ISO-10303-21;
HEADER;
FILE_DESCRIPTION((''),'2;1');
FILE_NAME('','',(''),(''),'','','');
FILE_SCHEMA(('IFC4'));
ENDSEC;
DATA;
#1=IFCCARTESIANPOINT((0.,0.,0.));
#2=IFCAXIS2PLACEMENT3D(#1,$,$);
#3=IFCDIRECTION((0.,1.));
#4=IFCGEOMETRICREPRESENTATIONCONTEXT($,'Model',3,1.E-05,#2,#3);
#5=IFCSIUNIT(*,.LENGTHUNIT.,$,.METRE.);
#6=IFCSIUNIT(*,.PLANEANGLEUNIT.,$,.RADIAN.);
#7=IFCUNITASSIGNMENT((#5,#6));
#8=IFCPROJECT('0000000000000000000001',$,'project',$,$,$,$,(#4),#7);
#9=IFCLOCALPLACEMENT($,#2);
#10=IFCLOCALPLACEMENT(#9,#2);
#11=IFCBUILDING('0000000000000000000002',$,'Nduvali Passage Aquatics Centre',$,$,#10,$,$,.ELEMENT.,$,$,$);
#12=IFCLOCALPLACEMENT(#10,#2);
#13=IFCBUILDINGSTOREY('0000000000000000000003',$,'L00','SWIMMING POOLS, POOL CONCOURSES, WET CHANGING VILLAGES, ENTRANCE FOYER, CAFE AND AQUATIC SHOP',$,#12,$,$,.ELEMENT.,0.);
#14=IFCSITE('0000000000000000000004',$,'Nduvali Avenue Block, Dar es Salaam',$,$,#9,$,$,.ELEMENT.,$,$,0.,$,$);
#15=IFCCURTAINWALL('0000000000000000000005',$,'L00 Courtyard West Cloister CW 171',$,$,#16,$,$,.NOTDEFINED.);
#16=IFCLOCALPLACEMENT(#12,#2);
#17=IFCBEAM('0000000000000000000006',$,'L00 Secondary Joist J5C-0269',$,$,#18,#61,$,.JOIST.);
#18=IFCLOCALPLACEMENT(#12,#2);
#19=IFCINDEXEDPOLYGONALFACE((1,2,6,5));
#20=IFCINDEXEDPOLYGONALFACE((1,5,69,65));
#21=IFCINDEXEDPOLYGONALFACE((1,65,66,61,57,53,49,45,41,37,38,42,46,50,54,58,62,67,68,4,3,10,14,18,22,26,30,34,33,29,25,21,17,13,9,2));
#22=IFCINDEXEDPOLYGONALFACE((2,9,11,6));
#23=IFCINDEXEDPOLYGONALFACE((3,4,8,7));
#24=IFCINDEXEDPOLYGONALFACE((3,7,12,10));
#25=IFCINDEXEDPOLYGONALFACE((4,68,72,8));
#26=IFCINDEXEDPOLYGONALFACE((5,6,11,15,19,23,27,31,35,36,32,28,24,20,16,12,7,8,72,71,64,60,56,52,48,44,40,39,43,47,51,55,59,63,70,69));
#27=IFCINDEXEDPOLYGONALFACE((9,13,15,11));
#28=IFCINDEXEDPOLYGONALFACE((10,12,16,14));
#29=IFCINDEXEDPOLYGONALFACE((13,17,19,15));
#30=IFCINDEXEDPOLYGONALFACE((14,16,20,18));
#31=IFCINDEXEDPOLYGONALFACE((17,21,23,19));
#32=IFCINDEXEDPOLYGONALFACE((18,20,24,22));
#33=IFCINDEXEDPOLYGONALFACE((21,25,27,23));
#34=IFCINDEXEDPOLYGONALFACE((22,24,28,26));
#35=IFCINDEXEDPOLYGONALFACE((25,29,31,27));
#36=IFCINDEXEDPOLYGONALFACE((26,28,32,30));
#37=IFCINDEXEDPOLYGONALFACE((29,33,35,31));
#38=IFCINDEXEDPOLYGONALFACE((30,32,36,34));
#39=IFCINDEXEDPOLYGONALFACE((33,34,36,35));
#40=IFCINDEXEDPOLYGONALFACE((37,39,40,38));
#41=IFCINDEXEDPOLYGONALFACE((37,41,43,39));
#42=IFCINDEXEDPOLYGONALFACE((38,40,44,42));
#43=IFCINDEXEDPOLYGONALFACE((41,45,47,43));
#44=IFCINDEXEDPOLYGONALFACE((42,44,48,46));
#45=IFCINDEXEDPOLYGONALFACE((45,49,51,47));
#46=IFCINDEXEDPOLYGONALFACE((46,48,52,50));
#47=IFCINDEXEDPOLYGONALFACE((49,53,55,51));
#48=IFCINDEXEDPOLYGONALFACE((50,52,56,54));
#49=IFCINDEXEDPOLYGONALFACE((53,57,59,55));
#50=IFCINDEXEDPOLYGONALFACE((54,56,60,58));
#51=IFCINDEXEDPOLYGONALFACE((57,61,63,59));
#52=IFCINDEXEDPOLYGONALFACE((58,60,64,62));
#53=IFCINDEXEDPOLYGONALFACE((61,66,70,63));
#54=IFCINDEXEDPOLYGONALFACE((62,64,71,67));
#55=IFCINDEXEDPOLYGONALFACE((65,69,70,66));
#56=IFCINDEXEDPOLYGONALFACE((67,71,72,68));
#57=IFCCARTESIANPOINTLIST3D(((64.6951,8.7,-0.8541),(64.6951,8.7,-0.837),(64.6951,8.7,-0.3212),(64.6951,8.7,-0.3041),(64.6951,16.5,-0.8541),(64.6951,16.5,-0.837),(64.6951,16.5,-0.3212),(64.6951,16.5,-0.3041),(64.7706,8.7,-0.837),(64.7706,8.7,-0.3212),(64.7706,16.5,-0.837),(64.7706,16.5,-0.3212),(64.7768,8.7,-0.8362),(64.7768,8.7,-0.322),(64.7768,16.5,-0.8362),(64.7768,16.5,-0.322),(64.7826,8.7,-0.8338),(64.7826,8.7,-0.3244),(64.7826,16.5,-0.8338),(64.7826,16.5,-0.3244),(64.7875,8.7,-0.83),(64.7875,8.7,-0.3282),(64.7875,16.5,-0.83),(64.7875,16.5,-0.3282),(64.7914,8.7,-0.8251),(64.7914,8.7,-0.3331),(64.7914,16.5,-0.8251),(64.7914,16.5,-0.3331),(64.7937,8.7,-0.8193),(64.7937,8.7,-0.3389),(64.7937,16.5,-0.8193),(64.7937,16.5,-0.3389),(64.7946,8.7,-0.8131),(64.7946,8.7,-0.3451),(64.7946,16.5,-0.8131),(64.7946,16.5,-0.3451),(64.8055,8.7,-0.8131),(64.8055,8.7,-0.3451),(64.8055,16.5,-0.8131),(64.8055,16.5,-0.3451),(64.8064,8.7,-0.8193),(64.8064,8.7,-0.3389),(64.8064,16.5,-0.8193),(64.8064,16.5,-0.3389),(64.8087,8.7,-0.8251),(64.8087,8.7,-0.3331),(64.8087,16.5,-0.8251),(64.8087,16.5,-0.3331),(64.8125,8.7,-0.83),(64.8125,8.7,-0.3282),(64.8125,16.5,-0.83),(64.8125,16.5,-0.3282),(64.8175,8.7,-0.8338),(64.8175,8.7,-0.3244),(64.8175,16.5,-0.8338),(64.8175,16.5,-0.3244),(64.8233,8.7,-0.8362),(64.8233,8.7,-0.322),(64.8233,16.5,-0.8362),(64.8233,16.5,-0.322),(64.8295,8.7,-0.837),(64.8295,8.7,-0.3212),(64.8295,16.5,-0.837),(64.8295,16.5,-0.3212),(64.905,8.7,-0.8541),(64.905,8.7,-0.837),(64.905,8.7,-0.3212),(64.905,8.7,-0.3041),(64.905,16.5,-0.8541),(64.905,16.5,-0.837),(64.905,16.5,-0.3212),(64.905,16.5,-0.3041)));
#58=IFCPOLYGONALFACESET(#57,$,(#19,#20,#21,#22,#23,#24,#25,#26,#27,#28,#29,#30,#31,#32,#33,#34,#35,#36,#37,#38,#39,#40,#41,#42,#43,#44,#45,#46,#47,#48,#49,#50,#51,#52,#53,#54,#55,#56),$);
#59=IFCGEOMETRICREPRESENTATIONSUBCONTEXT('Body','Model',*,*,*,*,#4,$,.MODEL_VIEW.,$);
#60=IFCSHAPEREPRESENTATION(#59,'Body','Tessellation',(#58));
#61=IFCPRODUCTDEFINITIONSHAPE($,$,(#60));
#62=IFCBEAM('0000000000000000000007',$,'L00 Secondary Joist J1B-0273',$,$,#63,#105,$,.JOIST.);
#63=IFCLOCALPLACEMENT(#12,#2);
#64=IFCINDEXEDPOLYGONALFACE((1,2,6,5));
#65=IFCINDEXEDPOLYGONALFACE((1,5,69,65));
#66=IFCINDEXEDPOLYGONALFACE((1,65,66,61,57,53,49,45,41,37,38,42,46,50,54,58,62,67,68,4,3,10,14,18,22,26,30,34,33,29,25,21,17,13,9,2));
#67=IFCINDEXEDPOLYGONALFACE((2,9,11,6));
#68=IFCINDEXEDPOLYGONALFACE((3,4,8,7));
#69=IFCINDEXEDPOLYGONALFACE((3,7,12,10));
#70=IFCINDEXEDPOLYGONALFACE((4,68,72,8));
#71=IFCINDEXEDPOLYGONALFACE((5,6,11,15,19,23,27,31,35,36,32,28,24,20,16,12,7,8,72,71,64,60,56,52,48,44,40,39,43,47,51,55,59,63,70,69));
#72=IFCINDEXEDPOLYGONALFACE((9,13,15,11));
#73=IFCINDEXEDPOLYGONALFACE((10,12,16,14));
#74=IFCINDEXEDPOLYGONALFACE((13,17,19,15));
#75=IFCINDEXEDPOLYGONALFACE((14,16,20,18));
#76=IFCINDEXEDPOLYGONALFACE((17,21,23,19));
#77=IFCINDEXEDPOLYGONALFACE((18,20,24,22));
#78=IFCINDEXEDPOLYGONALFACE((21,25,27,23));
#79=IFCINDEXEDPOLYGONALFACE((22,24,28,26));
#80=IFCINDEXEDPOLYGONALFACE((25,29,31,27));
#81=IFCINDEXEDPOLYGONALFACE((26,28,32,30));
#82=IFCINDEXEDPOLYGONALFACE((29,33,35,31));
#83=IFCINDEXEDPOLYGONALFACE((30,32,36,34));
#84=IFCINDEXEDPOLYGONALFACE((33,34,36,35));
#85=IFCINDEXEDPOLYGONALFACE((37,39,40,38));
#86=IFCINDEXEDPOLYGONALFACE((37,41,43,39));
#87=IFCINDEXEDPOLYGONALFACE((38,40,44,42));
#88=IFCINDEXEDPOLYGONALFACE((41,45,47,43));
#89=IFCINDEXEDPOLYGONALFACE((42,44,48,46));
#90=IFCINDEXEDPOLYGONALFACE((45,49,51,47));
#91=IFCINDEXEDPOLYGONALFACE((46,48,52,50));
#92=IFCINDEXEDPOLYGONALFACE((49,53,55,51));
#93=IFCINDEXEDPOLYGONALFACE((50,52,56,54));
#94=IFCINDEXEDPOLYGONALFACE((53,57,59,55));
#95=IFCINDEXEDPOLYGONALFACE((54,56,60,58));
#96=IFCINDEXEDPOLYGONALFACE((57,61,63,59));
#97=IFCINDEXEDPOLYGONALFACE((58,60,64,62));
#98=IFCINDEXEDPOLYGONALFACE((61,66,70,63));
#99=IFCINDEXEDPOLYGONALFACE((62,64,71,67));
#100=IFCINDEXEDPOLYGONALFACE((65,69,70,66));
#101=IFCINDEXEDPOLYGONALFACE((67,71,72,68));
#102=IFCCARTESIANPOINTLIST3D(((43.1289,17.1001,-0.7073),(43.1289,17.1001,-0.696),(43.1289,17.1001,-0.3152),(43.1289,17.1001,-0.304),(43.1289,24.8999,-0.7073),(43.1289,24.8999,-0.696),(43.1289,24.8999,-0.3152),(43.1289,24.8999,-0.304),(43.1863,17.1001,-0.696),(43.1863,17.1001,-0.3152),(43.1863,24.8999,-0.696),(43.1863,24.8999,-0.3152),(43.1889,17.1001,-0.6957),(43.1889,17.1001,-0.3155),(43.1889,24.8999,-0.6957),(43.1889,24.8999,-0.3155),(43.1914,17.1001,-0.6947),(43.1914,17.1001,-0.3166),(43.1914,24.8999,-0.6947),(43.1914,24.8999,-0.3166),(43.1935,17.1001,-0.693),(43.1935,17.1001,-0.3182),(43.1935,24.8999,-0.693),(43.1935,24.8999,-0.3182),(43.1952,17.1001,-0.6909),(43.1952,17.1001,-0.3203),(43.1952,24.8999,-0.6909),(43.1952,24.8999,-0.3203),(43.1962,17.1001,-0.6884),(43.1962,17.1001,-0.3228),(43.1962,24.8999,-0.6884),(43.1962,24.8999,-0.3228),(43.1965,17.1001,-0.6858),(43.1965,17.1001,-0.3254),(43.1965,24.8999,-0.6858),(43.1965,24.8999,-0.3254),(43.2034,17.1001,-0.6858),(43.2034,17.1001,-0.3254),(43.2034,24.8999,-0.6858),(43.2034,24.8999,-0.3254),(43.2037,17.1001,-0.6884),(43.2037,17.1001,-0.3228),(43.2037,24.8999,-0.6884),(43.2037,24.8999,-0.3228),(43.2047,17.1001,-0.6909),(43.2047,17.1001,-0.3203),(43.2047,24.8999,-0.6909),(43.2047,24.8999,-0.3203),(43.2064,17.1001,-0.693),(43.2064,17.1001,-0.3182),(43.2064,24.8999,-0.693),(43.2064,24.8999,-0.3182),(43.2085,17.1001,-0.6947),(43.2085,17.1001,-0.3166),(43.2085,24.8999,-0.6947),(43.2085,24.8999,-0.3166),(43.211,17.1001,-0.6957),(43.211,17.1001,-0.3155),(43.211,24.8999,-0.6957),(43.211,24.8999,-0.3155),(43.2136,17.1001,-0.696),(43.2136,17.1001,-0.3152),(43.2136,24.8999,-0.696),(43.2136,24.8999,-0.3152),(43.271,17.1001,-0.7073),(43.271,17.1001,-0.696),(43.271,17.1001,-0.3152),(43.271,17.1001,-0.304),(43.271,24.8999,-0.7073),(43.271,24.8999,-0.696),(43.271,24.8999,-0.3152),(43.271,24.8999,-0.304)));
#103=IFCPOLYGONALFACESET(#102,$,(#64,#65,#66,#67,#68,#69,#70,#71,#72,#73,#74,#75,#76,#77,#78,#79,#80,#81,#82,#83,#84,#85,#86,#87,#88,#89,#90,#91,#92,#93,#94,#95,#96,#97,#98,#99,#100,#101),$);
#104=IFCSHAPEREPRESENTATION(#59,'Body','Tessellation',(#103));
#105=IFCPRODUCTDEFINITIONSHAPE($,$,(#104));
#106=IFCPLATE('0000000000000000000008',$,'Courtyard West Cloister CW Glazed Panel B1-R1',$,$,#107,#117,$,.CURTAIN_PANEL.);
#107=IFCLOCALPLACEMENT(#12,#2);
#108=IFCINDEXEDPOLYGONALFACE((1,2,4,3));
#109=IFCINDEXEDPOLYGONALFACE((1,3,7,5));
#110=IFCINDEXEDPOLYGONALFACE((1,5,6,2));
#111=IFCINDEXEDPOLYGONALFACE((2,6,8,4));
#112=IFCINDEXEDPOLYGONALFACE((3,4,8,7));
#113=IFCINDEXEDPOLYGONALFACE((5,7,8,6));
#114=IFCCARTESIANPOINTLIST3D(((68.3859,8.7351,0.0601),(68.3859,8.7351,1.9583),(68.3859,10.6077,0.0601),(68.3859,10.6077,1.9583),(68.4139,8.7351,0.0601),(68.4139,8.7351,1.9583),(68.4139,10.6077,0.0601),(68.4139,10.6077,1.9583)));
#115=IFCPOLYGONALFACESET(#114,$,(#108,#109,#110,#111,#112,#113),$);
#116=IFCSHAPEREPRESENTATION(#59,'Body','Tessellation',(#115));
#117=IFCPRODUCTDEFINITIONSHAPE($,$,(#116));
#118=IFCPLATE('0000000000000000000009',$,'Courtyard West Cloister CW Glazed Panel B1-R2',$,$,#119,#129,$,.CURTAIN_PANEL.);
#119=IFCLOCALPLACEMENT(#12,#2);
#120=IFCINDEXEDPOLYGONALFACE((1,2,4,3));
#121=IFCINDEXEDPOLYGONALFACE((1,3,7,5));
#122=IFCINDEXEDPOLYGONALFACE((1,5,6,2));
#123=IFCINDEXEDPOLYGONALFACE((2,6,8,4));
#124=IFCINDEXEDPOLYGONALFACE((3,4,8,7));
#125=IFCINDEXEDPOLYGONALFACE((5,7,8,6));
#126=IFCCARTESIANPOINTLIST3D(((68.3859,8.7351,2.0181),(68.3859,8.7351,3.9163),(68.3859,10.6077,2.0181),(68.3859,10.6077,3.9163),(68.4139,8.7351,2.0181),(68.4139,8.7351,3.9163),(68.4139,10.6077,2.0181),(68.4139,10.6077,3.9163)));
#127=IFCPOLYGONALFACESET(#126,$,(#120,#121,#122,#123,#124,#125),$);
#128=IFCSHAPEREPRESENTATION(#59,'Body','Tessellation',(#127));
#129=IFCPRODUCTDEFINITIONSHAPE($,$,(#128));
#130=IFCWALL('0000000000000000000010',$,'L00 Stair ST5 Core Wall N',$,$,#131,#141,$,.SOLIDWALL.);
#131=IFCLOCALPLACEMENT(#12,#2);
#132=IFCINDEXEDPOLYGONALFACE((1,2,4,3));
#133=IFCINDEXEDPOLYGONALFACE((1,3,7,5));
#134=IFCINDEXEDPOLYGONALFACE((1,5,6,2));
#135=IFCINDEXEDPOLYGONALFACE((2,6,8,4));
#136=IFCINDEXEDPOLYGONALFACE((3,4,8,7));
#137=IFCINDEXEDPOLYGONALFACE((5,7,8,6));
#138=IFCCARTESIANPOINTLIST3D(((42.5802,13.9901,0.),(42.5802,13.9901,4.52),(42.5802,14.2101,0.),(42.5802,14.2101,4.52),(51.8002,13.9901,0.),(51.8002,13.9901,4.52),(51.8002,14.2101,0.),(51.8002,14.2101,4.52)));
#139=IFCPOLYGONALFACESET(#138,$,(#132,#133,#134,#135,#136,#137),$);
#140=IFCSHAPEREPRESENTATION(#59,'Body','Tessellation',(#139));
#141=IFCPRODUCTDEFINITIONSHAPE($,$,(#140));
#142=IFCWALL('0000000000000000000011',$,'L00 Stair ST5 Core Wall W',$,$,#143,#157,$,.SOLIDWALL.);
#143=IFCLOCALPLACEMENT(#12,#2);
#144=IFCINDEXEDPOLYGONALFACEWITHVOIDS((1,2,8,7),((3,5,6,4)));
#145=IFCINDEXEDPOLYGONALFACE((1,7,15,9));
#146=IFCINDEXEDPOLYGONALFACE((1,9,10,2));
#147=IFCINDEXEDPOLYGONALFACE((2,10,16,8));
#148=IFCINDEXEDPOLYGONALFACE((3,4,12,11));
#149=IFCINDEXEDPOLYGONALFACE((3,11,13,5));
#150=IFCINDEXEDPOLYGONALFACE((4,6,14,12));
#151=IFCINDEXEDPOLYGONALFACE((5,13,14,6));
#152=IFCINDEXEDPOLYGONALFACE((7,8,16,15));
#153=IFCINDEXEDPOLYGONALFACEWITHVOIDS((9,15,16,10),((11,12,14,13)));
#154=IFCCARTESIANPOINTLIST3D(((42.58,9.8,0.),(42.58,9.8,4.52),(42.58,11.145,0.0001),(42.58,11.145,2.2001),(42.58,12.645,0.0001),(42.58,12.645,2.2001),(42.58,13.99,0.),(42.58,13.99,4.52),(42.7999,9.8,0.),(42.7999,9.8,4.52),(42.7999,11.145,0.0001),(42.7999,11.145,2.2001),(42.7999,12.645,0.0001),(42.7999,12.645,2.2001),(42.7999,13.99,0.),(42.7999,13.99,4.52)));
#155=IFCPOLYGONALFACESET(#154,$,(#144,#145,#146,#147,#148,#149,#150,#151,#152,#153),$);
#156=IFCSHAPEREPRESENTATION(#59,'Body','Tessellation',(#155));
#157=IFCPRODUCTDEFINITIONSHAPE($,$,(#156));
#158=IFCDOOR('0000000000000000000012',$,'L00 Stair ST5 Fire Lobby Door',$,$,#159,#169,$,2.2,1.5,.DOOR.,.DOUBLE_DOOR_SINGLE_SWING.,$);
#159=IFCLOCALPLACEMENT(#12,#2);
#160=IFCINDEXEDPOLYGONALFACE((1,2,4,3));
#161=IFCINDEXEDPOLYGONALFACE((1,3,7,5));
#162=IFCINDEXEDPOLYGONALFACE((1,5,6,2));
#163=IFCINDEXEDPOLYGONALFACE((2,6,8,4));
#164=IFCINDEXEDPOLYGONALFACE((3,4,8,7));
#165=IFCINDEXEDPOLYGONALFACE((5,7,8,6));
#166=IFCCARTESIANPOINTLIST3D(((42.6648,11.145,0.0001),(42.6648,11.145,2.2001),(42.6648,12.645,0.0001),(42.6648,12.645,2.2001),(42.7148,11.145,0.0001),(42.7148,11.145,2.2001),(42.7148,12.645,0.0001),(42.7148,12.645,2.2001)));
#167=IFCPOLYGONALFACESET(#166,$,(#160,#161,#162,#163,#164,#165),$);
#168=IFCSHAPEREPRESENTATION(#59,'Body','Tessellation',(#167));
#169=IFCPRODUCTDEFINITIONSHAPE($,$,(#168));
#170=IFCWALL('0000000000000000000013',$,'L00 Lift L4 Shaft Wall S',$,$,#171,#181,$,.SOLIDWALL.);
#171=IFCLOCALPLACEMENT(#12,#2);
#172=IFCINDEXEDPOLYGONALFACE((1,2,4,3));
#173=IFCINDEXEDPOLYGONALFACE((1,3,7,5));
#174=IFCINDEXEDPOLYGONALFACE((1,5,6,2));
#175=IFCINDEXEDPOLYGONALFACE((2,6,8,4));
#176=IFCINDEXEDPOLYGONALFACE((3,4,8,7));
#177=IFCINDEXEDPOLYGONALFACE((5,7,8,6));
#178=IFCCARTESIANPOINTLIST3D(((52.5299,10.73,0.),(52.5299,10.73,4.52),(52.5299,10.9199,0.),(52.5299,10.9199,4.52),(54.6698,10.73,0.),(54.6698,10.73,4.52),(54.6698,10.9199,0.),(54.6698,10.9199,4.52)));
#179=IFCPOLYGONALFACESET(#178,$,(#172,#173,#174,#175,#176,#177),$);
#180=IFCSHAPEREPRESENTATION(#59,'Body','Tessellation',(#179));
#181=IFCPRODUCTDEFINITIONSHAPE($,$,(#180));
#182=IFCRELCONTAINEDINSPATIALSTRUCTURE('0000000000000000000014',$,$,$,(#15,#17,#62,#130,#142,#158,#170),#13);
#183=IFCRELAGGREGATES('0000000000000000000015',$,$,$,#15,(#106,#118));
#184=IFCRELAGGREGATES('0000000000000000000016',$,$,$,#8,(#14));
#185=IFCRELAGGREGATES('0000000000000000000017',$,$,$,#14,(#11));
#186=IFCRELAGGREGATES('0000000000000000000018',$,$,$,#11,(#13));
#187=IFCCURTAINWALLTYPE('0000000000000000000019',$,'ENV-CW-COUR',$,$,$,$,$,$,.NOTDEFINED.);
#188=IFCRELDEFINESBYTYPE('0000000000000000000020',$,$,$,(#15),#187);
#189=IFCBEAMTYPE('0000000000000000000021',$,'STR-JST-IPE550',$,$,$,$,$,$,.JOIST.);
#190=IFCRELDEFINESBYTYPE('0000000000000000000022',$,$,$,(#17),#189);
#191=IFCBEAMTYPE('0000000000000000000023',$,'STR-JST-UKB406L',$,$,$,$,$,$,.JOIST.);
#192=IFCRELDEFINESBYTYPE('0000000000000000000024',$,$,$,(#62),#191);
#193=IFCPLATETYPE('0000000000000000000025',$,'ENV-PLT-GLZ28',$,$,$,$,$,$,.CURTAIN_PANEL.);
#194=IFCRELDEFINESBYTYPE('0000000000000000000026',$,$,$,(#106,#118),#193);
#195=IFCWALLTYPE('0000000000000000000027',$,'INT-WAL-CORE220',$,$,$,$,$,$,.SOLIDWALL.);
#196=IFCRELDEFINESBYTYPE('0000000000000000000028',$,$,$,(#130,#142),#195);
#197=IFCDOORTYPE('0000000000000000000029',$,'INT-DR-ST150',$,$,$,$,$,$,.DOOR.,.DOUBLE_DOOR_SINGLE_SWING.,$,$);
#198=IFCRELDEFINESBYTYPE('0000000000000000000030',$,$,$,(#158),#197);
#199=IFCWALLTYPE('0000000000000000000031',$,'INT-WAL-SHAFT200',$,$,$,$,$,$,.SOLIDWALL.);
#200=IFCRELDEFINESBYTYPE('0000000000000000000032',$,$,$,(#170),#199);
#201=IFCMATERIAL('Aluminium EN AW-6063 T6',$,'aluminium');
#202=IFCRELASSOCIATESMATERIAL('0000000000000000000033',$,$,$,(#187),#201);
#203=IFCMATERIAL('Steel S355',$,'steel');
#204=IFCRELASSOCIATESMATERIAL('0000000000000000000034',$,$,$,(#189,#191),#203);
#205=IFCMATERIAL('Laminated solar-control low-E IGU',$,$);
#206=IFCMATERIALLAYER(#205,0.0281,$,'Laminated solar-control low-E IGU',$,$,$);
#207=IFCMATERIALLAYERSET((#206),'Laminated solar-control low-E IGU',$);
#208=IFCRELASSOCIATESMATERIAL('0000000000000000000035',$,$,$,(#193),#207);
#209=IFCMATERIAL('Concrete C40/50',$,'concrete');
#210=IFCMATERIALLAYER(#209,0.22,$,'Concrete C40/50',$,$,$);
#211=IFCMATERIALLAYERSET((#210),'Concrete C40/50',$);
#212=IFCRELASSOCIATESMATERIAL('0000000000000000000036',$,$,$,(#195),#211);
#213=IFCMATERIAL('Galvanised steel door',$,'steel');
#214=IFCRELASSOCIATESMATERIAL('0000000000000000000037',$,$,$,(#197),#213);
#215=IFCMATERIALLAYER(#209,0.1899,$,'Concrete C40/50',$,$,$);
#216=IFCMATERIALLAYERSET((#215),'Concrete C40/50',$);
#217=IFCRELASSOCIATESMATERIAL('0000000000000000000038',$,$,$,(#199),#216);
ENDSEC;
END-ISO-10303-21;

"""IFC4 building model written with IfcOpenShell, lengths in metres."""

from ifc_helpers import new_model, si_unit, direction, frame, frame_2d, origin, origin_2d, place, context, subcontext, project, spatial, rectangle, i_section, extrude, material, layer, layer_set, material_profile, profile_set, type_object, element, fill, aggregate, save


model = new_model("IFC4")

# Units and contexts
model_context = context("Model", 3, precision=1e-05, world=origin(), true_north=direction((0.0, 1.0)))
body_context = subcontext(model_context, "Body", "Model", "MODEL_VIEW")
ifc_project = project(units=[si_unit("LENGTHUNIT", "METRE"), si_unit("PLANEANGLEUNIT", "RADIAN")], contexts=[model_context])

# Site, building, storey
site_placement = place(None, origin())
site = spatial("IfcSite", under=ifc_project, at=site_placement, Name="Nduvali Avenue Block, Dar es Salaam", CompositionType="ELEMENT", RefElevation=0.0)
building_placement = place(site_placement, origin())
building = spatial("IfcBuilding", under=site, at=building_placement, Name="Nduvali Passage Aquatics Centre", CompositionType="ELEMENT")
storey_placement = place(building_placement, origin())
storey = spatial("IfcBuildingStorey", under=building, at=storey_placement, Name="L00", Description="SWIMMING POOLS, POOL CONCOURSES, WET CHANGING VILLAGES, ENTRANCE FOYER, CAFE AND AQUATIC SHOP", CompositionType="ELEMENT", Elevation=0.0)

# Shared definitions
ifc_material_1 = material(Name="Concrete C40/50", Category="concrete")

# Curtain wall
ifc_material_2 = material(Name="Aluminium EN AW-6063 T6", Category="aluminium")
curtain_wall_type = type_object("IfcCurtainWallType", Name="ENV-CW-COUR", PredefinedType="NOTDEFINED", material=ifc_material_2)
curtain_wall_placement = place(storey_placement, origin())
curtain_wall = element("IfcCurtainWall", 1, at=curtain_wall_placement, inside=storey, type_object=curtain_wall_type, Name="L00 Courtyard West Cloister CW 171", PredefinedType="NOTDEFINED")

# Beams
ifc_material_3 = material(Name="Steel S355", Category="steel")
ifc_material_profile_1 = material_profile(ifc_material_3, i_section(OverallWidth=0.21, OverallDepth=0.55, WebThickness=0.011, FlangeThickness=0.0171, FilletRadius=0.0239, at=origin_2d()), Name="IPE 550")
ifc_profile_set_1 = profile_set([ifc_material_profile_1], Name="Steel S355")
beam_type_1 = type_object("IfcBeamType", Name="STR-JST-IPE550", PredefinedType="JOIST", material=ifc_profile_set_1)
beam_1_placement = place(storey_placement, frame((64.8, 8.7, -0.5791), z_axis=(0.0, 1.0, 0.0), x_axis=(-1.0, 0.0, 0.0)))
element("IfcBeam", 2, at=beam_1_placement, inside=storey, type_object=beam_type_1, Name="L00 Secondary Joist J5C-0269", PredefinedType="JOIST", context=body_context, shape_type="SweptSolid", body=[
    extrude(i_section(OverallWidth=0.21, OverallDepth=0.55, WebThickness=0.011, FlangeThickness=0.0171, FilletRadius=0.0239, at=origin_2d()), origin(), (0.0, 0.0, 1.0), 7.8),
])
ifc_material_profile_2 = material_profile(ifc_material_3, i_section(OverallWidth=0.1421, OverallDepth=0.4033, WebThickness=0.0068, FlangeThickness=0.0112, FilletRadius=0.0103, at=origin_2d()), Name="UKB 406x140x46")
ifc_profile_set_2 = profile_set([ifc_material_profile_2], Name="Steel S355")
beam_type_2 = type_object("IfcBeamType", Name="STR-JST-UKB406L", PredefinedType="JOIST", material=ifc_profile_set_2)
beam_2_placement = place(storey_placement, frame((43.2, 17.1001, -0.5056), z_axis=(0.0, 1.0, 0.0), x_axis=(-1.0, 0.0, 0.0)))
element("IfcBeam", 3, at=beam_2_placement, inside=storey, type_object=beam_type_2, Name="L00 Secondary Joist J1B-0273", PredefinedType="JOIST", context=body_context, shape_type="SweptSolid", body=[
    extrude(i_section(OverallWidth=0.1421, OverallDepth=0.4033, WebThickness=0.0068, FlangeThickness=0.0112, FilletRadius=0.0103, at=origin_2d()), origin(), (0.0, 0.0, 1.0), 7.7998),
])

# Plates
ifc_material_4 = material(Name="Laminated solar-control low-E IGU")
ifc_layer_1 = layer(ifc_material_4, 0.0281, Name="Laminated solar-control low-E IGU")
ifc_layer_set_1 = layer_set([ifc_layer_1], Name="Laminated solar-control low-E IGU")
plate_type = type_object("IfcPlateType", Name="ENV-PLT-GLZ28", PredefinedType="CURTAIN_PANEL", material=ifc_layer_set_1)
plate_1_placement = place(storey_placement, frame((68.3999, 9.6714, 0.0601), z_axis=(0.0, 0.0, 1.0), x_axis=(0.0, 1.0, 0.0)))
plate_1 = element("IfcPlate", 4, at=plate_1_placement, type_object=plate_type, Name="Courtyard West Cloister CW Glazed Panel B1-R1", PredefinedType="CURTAIN_PANEL", context=body_context, shape_type="SweptSolid", body=[
    extrude(rectangle(XDim=1.8726, YDim=0.0281, at=origin_2d()), origin(), (0.0, 0.0, 1.0), 1.8982),
])
plate_2_placement = place(storey_placement, frame((68.3999, 9.6714, 2.0181), z_axis=(0.0, 0.0, 1.0), x_axis=(0.0, 1.0, 0.0)))
plate_2 = element("IfcPlate", 5, at=plate_2_placement, type_object=plate_type, Name="Courtyard West Cloister CW Glazed Panel B1-R2", PredefinedType="CURTAIN_PANEL", context=body_context, shape_type="SweptSolid", body=[
    extrude(rectangle(XDim=1.8726, YDim=0.0281, at=origin_2d()), origin(), (0.0, 0.0, 1.0), 1.8982),
])
aggregate(curtain_wall, [plate_1, plate_2])

# Wall
ifc_layer_2 = layer(ifc_material_1, 0.22, Name="Concrete C40/50")
ifc_layer_set_2 = layer_set([ifc_layer_2], Name="Concrete C40/50")
wall_type_1 = type_object("IfcWallType", Name="INT-WAL-CORE220", PredefinedType="SOLIDWALL", material=ifc_layer_set_2)
wall_1_placement = place(storey_placement, frame((51.8, 14.1001, 0.0), z_axis=(0.0, 0.0, 1.0), x_axis=(-1.0, 0.0, 0.0)))
element("IfcWall", 6, at=wall_1_placement, inside=storey, type_object=wall_type_1, Name="L00 Stair ST5 Core Wall N", PredefinedType="SOLIDWALL", context=body_context, shape_type="SweptSolid", body=[
    extrude(rectangle(XDim=9.22, YDim=0.22, at=frame_2d((4.6099, 0.0))), origin(), (0.0, 0.0, 1.0), 4.52),
])

# Wall, opening, door
wall_2_placement = place(storey_placement, frame((42.6899, 13.99, 0.0), z_axis=(0.0, 0.0, 1.0), x_axis=(0.0, -1.0, 0.0)))
wall_2 = element("IfcWall", 7, at=wall_2_placement, inside=storey, type_object=wall_type_1, Name="L00 Stair ST5 Core Wall W", PredefinedType="SOLIDWALL", context=body_context, shape_type="SweptSolid", body=[
    extrude(rectangle(XDim=4.1899, YDim=0.22, at=frame_2d((2.095, 0.0))), origin(), (0.0, 0.0, 1.0), 4.52),
])
opening_1_placement = place(wall_2_placement, frame((1.345, 0.0, 0.0)))
opening_1 = element("IfcOpeningElement", 8, at=opening_1_placement, cuts=wall_2, PredefinedType="OPENING", context=body_context, shape_type="SweptSolid", body=[
    extrude(rectangle(XDim=1.5, YDim=2.2, at=frame_2d((0.75, 1.1001))), frame((0.0, 0.125, 0.0), z_axis=(0.0, -1.0, 0.0), x_axis=(1.0, 0.0, 0.0)), (0.0, 0.0, 1.0), 0.2498),
])
ifc_material_5 = material(Name="Galvanised steel door", Category="steel")
door_type_1 = type_object("IfcDoorType", Name="INT-DR-ST150", OperationType="DOUBLE_DOOR_SINGLE_SWING", PredefinedType="DOOR", material=ifc_material_5)
door_1_placement = place(opening_1_placement, origin())
door_1 = element("IfcDoor", 9, at=door_1_placement, inside=storey, type_object=door_type_1, Name="L00 Stair ST5 Fire Lobby Door", OperationType="DOUBLE_DOOR_SINGLE_SWING", OverallHeight=2.2, OverallWidth=1.5, PredefinedType="DOOR", context=body_context, shape_type="SweptSolid", body=[
    extrude(rectangle(XDim=1.5, YDim=2.2, at=frame_2d((0.75, 1.1001))), frame((0.0, 0.0249, 0.0), z_axis=(0.0, -1.0, 0.0), x_axis=(1.0, 0.0, 0.0)), (0.0, 0.0, 1.0), 0.05),
])
fill(opening_1, door_1)

# Wall
ifc_layer_3 = layer(ifc_material_1, 0.1899, Name="Concrete C40/50")
ifc_layer_set_3 = layer_set([ifc_layer_3], Name="Concrete C40/50")
wall_type_2 = type_object("IfcWallType", Name="INT-WAL-SHAFT200", PredefinedType="SOLIDWALL", material=ifc_layer_set_3)
wall_3_placement = place(storey_placement, frame((52.53, 10.825, 0.0), z_axis=(0.0, 0.0, 1.0), x_axis=(1.0, 0.0, 0.0)))
element("IfcWall", 10, at=wall_3_placement, inside=storey, type_object=wall_type_2, Name="L00 Lift L4 Shaft Wall S", PredefinedType="SOLIDWALL", context=body_context, shape_type="SweptSolid", body=[
    extrude(rectangle(XDim=2.1399, YDim=0.1899, at=frame_2d((1.0698, 0.0))), origin(), (0.0, 0.0, 1.0), 4.52),
])

save(model, "model.ifc")
